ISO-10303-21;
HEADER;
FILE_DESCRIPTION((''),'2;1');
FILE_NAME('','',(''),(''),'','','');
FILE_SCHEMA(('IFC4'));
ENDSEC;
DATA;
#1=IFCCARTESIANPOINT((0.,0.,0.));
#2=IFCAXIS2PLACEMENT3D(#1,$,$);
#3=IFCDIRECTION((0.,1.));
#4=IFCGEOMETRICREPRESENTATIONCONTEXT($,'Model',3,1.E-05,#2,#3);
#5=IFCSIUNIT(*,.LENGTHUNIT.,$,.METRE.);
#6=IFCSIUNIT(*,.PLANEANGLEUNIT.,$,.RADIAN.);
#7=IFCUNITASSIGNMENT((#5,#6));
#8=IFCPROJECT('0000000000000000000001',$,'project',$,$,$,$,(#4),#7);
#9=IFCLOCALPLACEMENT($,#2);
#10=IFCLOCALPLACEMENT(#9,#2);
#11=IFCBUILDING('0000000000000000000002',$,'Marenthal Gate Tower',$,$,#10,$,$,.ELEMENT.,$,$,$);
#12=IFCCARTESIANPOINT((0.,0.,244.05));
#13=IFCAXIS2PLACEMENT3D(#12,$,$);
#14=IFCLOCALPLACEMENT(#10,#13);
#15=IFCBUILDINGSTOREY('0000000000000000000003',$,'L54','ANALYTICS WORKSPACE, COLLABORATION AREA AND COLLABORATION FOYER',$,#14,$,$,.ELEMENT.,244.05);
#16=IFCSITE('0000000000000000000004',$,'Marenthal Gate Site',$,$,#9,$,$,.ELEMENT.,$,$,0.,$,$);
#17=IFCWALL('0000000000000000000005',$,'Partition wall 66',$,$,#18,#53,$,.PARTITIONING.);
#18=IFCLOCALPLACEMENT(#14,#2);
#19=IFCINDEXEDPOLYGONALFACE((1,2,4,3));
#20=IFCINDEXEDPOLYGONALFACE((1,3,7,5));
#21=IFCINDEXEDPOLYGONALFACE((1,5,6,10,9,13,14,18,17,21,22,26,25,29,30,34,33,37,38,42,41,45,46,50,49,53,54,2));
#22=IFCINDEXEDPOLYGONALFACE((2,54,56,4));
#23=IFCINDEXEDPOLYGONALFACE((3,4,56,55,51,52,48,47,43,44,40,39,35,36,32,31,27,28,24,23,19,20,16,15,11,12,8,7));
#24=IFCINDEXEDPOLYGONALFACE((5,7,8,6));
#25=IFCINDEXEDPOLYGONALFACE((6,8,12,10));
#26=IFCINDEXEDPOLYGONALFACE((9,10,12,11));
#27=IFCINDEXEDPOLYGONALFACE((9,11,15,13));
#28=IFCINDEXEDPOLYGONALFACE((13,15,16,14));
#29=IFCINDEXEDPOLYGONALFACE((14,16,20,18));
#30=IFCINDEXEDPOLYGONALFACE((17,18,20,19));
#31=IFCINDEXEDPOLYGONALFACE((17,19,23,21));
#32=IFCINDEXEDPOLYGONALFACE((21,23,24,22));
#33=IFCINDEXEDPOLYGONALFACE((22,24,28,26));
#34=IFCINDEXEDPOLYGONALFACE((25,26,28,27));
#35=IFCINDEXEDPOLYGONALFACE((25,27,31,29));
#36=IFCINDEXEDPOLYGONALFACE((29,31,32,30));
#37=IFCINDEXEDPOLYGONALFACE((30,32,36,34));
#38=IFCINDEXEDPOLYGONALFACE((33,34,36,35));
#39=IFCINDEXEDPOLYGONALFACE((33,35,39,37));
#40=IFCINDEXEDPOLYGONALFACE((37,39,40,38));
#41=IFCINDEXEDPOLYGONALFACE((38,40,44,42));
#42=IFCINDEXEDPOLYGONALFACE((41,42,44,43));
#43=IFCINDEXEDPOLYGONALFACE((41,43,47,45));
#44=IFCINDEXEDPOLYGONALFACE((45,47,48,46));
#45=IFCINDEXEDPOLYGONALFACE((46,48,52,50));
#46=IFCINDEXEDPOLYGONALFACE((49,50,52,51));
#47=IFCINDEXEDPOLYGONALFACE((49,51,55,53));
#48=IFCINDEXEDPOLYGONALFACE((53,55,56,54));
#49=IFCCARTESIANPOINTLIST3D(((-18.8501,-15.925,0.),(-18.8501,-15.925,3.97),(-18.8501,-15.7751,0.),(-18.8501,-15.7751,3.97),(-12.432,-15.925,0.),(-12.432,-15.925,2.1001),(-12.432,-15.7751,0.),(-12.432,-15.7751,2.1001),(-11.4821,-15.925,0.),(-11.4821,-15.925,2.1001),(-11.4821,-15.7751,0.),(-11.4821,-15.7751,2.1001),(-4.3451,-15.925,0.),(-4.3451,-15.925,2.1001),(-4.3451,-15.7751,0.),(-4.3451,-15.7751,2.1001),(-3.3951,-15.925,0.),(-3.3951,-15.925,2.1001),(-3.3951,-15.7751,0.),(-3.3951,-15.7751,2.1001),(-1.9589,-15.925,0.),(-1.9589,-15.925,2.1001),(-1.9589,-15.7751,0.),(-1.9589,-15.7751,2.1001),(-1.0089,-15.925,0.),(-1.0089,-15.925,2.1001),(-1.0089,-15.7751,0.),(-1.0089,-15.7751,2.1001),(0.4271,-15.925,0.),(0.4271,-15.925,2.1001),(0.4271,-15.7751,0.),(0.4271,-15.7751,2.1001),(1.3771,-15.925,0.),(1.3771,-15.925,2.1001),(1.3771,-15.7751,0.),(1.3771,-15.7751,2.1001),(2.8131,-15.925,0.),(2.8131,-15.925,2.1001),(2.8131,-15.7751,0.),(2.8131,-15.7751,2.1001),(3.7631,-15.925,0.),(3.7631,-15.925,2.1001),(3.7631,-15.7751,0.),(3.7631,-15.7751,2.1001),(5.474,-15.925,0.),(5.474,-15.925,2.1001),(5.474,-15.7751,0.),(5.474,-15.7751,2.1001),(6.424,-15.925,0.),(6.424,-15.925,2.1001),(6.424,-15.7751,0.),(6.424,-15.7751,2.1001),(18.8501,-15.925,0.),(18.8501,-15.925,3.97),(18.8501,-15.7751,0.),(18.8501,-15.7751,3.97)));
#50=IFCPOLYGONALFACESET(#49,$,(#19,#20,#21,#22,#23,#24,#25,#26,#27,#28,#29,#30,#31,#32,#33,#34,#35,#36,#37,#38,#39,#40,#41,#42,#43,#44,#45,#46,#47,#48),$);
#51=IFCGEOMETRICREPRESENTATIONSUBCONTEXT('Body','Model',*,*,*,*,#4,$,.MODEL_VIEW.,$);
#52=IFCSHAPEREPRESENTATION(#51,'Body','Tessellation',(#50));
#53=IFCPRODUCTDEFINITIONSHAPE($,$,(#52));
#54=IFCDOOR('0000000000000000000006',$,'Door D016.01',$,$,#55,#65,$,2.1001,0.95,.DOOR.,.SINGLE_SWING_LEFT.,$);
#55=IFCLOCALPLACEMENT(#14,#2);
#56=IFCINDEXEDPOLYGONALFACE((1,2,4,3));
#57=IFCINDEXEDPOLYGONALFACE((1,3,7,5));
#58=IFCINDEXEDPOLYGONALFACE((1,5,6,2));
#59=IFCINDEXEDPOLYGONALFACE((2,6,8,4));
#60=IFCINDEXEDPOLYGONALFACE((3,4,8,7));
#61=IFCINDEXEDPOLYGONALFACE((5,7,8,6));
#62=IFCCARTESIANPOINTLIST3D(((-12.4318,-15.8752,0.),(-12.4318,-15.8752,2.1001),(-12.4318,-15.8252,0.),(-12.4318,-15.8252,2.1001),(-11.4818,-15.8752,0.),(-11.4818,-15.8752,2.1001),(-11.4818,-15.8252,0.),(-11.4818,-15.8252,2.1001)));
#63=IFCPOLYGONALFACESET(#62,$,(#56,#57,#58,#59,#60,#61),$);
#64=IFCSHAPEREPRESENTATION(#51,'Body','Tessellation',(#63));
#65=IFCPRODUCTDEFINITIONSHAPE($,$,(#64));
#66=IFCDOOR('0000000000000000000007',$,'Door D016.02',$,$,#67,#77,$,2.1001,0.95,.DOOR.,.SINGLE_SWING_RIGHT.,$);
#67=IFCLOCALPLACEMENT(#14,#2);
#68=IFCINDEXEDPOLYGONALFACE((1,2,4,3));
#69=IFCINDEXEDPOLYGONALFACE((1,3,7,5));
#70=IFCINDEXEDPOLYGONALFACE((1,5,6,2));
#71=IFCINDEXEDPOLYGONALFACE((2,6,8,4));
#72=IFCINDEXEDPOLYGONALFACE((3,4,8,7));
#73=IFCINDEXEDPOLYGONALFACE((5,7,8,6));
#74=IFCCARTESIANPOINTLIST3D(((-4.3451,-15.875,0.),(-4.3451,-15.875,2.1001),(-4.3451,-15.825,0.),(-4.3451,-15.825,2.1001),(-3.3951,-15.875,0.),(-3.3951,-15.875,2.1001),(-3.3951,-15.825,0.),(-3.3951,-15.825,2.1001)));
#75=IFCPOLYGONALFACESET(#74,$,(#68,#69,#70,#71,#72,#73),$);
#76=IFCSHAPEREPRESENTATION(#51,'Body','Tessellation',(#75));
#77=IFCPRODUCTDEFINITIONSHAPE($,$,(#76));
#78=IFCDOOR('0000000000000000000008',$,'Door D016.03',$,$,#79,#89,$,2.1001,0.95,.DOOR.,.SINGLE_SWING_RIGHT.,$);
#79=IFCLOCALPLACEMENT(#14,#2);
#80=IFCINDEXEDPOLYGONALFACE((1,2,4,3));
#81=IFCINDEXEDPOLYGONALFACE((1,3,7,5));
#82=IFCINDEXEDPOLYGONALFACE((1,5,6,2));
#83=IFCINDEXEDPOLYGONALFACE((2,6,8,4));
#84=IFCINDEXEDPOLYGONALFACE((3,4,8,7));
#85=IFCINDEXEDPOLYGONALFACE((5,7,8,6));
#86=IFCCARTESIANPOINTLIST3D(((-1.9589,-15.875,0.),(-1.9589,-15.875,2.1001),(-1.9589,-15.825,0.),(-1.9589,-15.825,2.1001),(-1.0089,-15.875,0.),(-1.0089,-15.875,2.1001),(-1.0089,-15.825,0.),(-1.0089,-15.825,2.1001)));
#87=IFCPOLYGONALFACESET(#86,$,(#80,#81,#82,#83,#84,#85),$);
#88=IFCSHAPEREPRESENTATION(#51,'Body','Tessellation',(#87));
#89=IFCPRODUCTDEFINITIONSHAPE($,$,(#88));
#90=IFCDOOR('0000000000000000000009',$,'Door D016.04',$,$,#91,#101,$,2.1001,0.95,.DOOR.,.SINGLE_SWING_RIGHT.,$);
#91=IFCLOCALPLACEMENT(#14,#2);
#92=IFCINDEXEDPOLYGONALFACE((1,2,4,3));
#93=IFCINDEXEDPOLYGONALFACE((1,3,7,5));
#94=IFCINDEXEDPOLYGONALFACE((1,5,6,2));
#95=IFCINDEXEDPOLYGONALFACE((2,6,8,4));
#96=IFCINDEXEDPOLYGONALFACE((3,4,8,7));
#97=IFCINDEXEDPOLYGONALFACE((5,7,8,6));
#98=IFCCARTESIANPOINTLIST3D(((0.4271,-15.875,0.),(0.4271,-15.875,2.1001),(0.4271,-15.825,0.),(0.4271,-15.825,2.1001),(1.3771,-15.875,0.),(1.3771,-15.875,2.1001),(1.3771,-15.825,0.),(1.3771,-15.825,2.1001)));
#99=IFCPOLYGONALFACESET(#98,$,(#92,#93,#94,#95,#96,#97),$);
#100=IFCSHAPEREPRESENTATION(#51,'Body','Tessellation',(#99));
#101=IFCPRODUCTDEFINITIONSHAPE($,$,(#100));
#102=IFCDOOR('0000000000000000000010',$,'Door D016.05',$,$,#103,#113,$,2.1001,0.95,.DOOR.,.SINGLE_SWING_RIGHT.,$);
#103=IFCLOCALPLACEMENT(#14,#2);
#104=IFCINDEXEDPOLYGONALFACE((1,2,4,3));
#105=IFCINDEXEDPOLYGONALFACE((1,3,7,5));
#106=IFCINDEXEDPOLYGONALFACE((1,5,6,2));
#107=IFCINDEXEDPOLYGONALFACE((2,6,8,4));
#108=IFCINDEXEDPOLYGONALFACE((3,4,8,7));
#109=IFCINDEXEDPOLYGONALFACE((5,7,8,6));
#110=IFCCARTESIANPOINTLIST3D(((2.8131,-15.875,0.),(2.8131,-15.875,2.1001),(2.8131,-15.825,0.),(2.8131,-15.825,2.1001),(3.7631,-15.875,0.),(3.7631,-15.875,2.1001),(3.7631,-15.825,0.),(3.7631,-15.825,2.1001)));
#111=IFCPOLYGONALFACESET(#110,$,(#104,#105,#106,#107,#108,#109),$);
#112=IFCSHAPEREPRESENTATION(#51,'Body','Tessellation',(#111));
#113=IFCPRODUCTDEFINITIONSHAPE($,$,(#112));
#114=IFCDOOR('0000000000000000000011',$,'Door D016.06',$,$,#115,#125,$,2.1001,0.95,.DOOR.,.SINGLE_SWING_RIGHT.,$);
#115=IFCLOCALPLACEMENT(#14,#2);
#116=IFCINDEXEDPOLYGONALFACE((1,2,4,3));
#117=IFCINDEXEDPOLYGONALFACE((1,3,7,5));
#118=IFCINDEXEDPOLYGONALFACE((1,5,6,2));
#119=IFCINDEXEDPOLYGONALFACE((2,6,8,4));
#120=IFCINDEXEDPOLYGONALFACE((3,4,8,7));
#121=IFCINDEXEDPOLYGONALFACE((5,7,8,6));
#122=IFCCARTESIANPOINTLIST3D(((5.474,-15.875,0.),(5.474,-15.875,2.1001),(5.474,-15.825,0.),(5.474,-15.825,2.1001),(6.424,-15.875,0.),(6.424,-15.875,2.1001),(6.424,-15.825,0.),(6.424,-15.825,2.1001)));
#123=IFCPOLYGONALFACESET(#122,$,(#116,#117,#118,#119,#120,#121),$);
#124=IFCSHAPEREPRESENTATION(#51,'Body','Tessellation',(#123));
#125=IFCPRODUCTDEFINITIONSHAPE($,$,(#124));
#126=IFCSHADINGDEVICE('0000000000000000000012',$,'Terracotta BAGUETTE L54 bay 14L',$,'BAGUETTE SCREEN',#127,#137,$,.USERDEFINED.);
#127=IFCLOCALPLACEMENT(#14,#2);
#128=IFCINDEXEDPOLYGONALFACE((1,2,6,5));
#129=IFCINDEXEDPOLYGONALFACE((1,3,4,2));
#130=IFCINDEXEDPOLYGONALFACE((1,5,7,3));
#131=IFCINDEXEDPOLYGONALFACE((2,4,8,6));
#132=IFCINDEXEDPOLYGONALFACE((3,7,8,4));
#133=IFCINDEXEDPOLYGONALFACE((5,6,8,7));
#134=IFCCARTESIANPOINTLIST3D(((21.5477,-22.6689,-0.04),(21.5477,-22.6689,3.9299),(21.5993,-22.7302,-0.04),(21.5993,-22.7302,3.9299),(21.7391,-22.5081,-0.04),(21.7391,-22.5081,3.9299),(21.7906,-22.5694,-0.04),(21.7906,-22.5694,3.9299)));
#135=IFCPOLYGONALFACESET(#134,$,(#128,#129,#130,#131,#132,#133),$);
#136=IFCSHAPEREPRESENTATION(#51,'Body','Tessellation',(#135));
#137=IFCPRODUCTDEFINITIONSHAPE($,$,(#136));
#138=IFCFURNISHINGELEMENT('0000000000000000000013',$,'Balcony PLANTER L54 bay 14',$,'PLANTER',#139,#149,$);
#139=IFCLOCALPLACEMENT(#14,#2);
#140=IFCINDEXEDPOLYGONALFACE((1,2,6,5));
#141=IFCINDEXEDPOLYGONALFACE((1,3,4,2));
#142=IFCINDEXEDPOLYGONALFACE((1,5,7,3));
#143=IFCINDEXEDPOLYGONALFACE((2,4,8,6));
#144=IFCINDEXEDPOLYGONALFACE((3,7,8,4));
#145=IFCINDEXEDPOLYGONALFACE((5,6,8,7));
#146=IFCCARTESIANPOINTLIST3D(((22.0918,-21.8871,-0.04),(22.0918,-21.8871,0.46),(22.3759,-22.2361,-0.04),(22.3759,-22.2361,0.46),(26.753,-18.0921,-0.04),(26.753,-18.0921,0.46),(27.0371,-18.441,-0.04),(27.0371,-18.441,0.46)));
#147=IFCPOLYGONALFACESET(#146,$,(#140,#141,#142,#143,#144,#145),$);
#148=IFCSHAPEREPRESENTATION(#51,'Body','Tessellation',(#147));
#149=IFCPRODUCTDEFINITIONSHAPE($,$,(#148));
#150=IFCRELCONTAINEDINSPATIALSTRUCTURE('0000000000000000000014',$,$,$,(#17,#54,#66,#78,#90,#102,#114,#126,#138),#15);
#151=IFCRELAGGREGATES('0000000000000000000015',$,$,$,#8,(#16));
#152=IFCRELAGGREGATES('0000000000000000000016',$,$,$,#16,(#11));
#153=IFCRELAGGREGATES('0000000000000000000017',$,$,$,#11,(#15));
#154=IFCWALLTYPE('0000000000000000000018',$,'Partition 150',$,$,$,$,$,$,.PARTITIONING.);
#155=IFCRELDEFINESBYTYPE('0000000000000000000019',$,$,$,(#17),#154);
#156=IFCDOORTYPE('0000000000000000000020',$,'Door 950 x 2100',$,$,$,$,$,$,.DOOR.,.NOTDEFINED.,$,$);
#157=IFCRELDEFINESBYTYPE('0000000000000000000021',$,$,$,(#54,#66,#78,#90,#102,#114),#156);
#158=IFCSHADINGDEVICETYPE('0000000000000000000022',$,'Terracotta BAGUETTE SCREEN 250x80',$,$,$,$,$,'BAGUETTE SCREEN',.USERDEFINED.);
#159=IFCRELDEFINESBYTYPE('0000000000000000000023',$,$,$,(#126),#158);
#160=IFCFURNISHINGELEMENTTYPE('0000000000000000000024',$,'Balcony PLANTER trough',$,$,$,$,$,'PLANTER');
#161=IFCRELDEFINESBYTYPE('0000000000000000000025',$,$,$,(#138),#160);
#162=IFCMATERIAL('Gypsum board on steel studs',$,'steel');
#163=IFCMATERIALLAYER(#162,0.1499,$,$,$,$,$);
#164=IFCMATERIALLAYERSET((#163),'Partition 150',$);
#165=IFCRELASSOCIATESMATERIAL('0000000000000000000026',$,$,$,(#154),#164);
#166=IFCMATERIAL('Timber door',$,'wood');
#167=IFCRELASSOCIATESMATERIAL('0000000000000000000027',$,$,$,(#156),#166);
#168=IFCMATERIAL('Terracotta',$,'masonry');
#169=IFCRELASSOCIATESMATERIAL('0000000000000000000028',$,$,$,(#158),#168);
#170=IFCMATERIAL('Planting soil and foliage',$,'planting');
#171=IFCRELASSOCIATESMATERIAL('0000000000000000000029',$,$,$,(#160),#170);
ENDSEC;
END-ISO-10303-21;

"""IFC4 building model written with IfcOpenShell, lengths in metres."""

from ifc_helpers import new_model, si_unit, direction, frame, frame_2d, origin, origin_2d, place, context, subcontext, project, spatial, rectangle, extrude, material, layer, layer_set, material_profile, profile_set, type_object, element, fill, save


model = new_model("IFC4")

# Units and contexts
model_context = context("Model", 3, precision=1e-05, world=origin(), true_north=direction((0.0, 1.0)))
body_context = subcontext(model_context, "Body", "Model", "MODEL_VIEW")
ifc_project = project(units=[si_unit("LENGTHUNIT", "METRE"), si_unit("PLANEANGLEUNIT", "RADIAN")], contexts=[model_context])

# Site, building, storey
site_placement = place(None, origin())
site = spatial("IfcSite", under=ifc_project, at=site_placement, Name="Marenthal Gate Site", CompositionType="ELEMENT", RefElevation=0.0)
building_placement = place(site_placement, origin())
building = spatial("IfcBuilding", under=site, at=building_placement, Name="Marenthal Gate Tower", CompositionType="ELEMENT")
storey_placement = place(building_placement, frame((0.0, 0.0, 244.05)))
storey = spatial("IfcBuildingStorey", under=building, at=storey_placement, Name="L54", Description="ANALYTICS WORKSPACE, COLLABORATION AREA AND COLLABORATION FOYER", CompositionType="ELEMENT", Elevation=244.05)

# Wall, openings, doors
ifc_material_1 = material(Name="Gypsum board on steel studs", Category="steel")
ifc_layer_1 = layer(ifc_material_1, 0.1499)
ifc_layer_set_1 = layer_set([ifc_layer_1], Name="Partition 150")
wall_type_1 = type_object("IfcWallType", Name="Partition 150", PredefinedType="PARTITIONING", material=ifc_layer_set_1)
wall_1_placement = place(storey_placement, frame((18.8501, -15.8501, 0.0), z_axis=(0.0, 0.0, 1.0), x_axis=(-1.0, 0.0, 0.0)))
wall_1 = element("IfcWall", 1, at=wall_1_placement, inside=storey, type_object=wall_type_1, Name="Partition wall 66", PredefinedType="PARTITIONING", context=body_context, shape_type="SweptSolid", body=[
    extrude(rectangle(XDim=37.7002, YDim=0.1499, at=frame_2d((18.8501, 0.0))), origin(), (0.0, 0.0, 1.0), 3.97),
])
opening_1_placement = place(wall_1_placement, frame((30.332, 0.0, 0.0)))
opening_1 = element("IfcOpeningElement", 2, at=opening_1_placement, cuts=wall_1, PredefinedType="OPENING", context=body_context, shape_type="SweptSolid", body=[
    extrude(rectangle(XDim=0.95, YDim=2.1001, at=frame_2d((0.4751, 1.05))), frame((0.0, 0.085, 0.0), z_axis=(0.0, -1.0, 0.0), x_axis=(1.0, 0.0, 0.0)), (0.0, 0.0, 1.0), 0.1699),
])
opening_2_placement = place(wall_1_placement, frame((22.2451, 0.0, 0.0)))
opening_2 = element("IfcOpeningElement", 3, at=opening_2_placement, cuts=wall_1, PredefinedType="OPENING", context=body_context, shape_type="SweptSolid", body=[
    extrude(rectangle(XDim=0.95, YDim=2.1001, at=frame_2d((0.4751, 1.05))), frame((0.0, 0.085, 0.0), z_axis=(0.0, -1.0, 0.0), x_axis=(1.0, 0.0, 0.0)), (0.0, 0.0, 1.0), 0.1699),
])
opening_3_placement = place(wall_1_placement, frame((19.8589, 0.0, 0.0)))
opening_3 = element("IfcOpeningElement", 4, at=opening_3_placement, cuts=wall_1, PredefinedType="OPENING", context=body_context, shape_type="SweptSolid", body=[
    extrude(rectangle(XDim=0.95, YDim=2.1001, at=frame_2d((0.4751, 1.05))), frame((0.0, 0.085, 0.0), z_axis=(0.0, -1.0, 0.0), x_axis=(1.0, 0.0, 0.0)), (0.0, 0.0, 1.0), 0.1699),
])
opening_4_placement = place(wall_1_placement, frame((17.4729, 0.0, 0.0)))
opening_4 = element("IfcOpeningElement", 5, at=opening_4_placement, cuts=wall_1, PredefinedType="OPENING", context=body_context, shape_type="SweptSolid", body=[
    extrude(rectangle(XDim=0.95, YDim=2.1001, at=frame_2d((0.4751, 1.05))), frame((0.0, 0.085, 0.0), z_axis=(0.0, -1.0, 0.0), x_axis=(1.0, 0.0, 0.0)), (0.0, 0.0, 1.0), 0.1699),
])
opening_5_placement = place(wall_1_placement, frame((15.0869, 0.0, 0.0)))
opening_5 = element("IfcOpeningElement", 6, at=opening_5_placement, cuts=wall_1, PredefinedType="OPENING", context=body_context, shape_type="SweptSolid", body=[
    extrude(rectangle(XDim=0.95, YDim=2.1001, at=frame_2d((0.4751, 1.05))), frame((0.0, 0.085, 0.0), z_axis=(0.0, -1.0, 0.0), x_axis=(1.0, 0.0, 0.0)), (0.0, 0.0, 1.0), 0.1699),
])
opening_6_placement = place(wall_1_placement, frame((12.426, 0.0, 0.0)))
opening_6 = element("IfcOpeningElement", 7, at=opening_6_placement, cuts=wall_1, PredefinedType="OPENING", context=body_context, shape_type="SweptSolid", body=[
    extrude(rectangle(XDim=0.95, YDim=2.1001, at=frame_2d((0.4751, 1.05))), frame((0.0, 0.085, 0.0), z_axis=(0.0, -1.0, 0.0), x_axis=(1.0, 0.0, 0.0)), (0.0, 0.0, 1.0), 0.1699),
])
ifc_material_2 = material(Name="Timber door", Category="wood")
door_type_1 = type_object("IfcDoorType", Name="Door 950 x 2100", OperationType="NOTDEFINED", PredefinedType="DOOR", material=ifc_material_2)
door_1_placement = place(opening_1_placement, frame((0.95, 0.0, 0.0), z_axis=(0.0, 0.0, 1.0), x_axis=(-1.0, 0.0, 0.0)))
door_1 = element("IfcDoor", 8, at=door_1_placement, inside=storey, type_object=door_type_1, Name="Door D016.01", OperationType="SINGLE_SWING_LEFT", OverallHeight=2.1001, OverallWidth=0.95, PredefinedType="DOOR", context=body_context, shape_type="SweptSolid", body=[
    extrude(rectangle(XDim=0.95, YDim=2.1001, at=frame_2d((0.4751, 1.05))), frame((0.0, 0.0249, 0.0), z_axis=(0.0, -1.0, 0.0), x_axis=(1.0, 0.0, 0.0)), (0.0, 0.0, 1.0), 0.05),
])
fill(opening_1, door_1)
door_2_placement = place(opening_2_placement, origin())
door_2 = element("IfcDoor", 9, at=door_2_placement, inside=storey, type_object=door_type_1, Name="Door D016.02", OperationType="SINGLE_SWING_RIGHT", OverallHeight=2.1001, OverallWidth=0.95, PredefinedType="DOOR", context=body_context, shape_type="SweptSolid", body=[
    extrude(rectangle(XDim=0.95, YDim=2.1001, at=frame_2d((0.4751, 1.05))), frame((0.0, 0.0249, 0.0), z_axis=(0.0, -1.0, 0.0), x_axis=(1.0, 0.0, 0.0)), (0.0, 0.0, 1.0), 0.05),
])
fill(opening_2, door_2)
door_3_placement = place(opening_3_placement, origin())
door_3 = element("IfcDoor", 10, at=door_3_placement, inside=storey, type_object=door_type_1, Name="Door D016.03", OperationType="SINGLE_SWING_RIGHT", OverallHeight=2.1001, OverallWidth=0.95, PredefinedType="DOOR", context=body_context, shape_type="SweptSolid", body=[
    extrude(rectangle(XDim=0.95, YDim=2.1001, at=frame_2d((0.4751, 1.05))), frame((0.0, 0.0249, 0.0), z_axis=(0.0, -1.0, 0.0), x_axis=(1.0, 0.0, 0.0)), (0.0, 0.0, 1.0), 0.05),
])
fill(opening_3, door_3)
door_4_placement = place(opening_4_placement, origin())
door_4 = element("IfcDoor", 11, at=door_4_placement, inside=storey, type_object=door_type_1, Name="Door D016.04", OperationType="SINGLE_SWING_RIGHT", OverallHeight=2.1001, OverallWidth=0.95, PredefinedType="DOOR", context=body_context, shape_type="SweptSolid", body=[
    extrude(rectangle(XDim=0.95, YDim=2.1001, at=frame_2d((0.4751, 1.05))), frame((0.0, 0.0249, 0.0), z_axis=(0.0, -1.0, 0.0), x_axis=(1.0, 0.0, 0.0)), (0.0, 0.0, 1.0), 0.05),
])
fill(opening_4, door_4)
door_5_placement = place(opening_5_placement, origin())
door_5 = element("IfcDoor", 12, at=door_5_placement, inside=storey, type_object=door_type_1, Name="Door D016.05", OperationType="SINGLE_SWING_RIGHT", OverallHeight=2.1001, OverallWidth=0.95, PredefinedType="DOOR", context=body_context, shape_type="SweptSolid", body=[
    extrude(rectangle(XDim=0.95, YDim=2.1001, at=frame_2d((0.4751, 1.05))), frame((0.0, 0.0249, 0.0), z_axis=(0.0, -1.0, 0.0), x_axis=(1.0, 0.0, 0.0)), (0.0, 0.0, 1.0), 0.05),
])
fill(opening_5, door_5)
door_6_placement = place(opening_6_placement, origin())
door_6 = element("IfcDoor", 13, at=door_6_placement, inside=storey, type_object=door_type_1, Name="Door D016.06", OperationType="SINGLE_SWING_RIGHT", OverallHeight=2.1001, OverallWidth=0.95, PredefinedType="DOOR", context=body_context, shape_type="SweptSolid", body=[
    extrude(rectangle(XDim=0.95, YDim=2.1001, at=frame_2d((0.4751, 1.05))), frame((0.0, 0.0249, 0.0), z_axis=(0.0, -1.0, 0.0), x_axis=(1.0, 0.0, 0.0)), (0.0, 0.0, 1.0), 0.05),
])
fill(opening_6, door_6)

# Shading device
ifc_material_3 = material(Name="Terracotta", Category="masonry")
ifc_material_profile_1 = material_profile(ifc_material_3, rectangle(XDim=0.25, YDim=0.0801, at=origin_2d()), Name="Terracotta baguette 250x80")
ifc_profile_set_1 = profile_set([ifc_material_profile_1], Name="Terracotta")
shading_device_type = type_object("IfcShadingDeviceType", Name="Terracotta BAGUETTE SCREEN 250x80", ElementType="BAGUETTE SCREEN", PredefinedType="USERDEFINED", material=ifc_profile_set_1)
shading_device_placement = place(storey_placement, frame((21.6692, -22.6191, -0.04), z_axis=(0.0, 0.0, 1.0), x_axis=(0.765469, 0.643472, 0.0)))
element("IfcShadingDevice", 14, at=shading_device_placement, inside=storey, type_object=shading_device_type, Name="Terracotta BAGUETTE L54 bay 14L", ObjectType="BAGUETTE SCREEN", PredefinedType="USERDEFINED", context=body_context, shape_type="SweptSolid", body=[
    extrude(rectangle(XDim=0.25, YDim=0.0801, at=origin_2d()), origin(), (0.0, 0.0, 1.0), 3.97),
])

# Furnishing element
ifc_material_4 = material(Name="Planting soil and foliage", Category="planting")
furnishing_element_type = type_object("IfcFurnishingElementType", Name="Balcony PLANTER trough", ElementType="PLANTER", material=ifc_material_4)
furnishing_placement = place(storey_placement, frame((24.5645, -20.1641, -0.04), z_axis=(0.0, 0.0, 1.0), x_axis=(0.775469, 0.631385, 0.0)))
element("IfcFurnishingElement", 15, at=furnishing_placement, inside=storey, type_object=furnishing_element_type, Name="Balcony PLANTER L54 bay 14", ObjectType="PLANTER", context=body_context, shape_type="SweptSolid", body=[
    extrude(rectangle(XDim=6.0107, YDim=0.45, at=origin_2d()), origin(), (0.0, 0.0, 1.0), 0.5),
])

save(model, "model.ifc")
